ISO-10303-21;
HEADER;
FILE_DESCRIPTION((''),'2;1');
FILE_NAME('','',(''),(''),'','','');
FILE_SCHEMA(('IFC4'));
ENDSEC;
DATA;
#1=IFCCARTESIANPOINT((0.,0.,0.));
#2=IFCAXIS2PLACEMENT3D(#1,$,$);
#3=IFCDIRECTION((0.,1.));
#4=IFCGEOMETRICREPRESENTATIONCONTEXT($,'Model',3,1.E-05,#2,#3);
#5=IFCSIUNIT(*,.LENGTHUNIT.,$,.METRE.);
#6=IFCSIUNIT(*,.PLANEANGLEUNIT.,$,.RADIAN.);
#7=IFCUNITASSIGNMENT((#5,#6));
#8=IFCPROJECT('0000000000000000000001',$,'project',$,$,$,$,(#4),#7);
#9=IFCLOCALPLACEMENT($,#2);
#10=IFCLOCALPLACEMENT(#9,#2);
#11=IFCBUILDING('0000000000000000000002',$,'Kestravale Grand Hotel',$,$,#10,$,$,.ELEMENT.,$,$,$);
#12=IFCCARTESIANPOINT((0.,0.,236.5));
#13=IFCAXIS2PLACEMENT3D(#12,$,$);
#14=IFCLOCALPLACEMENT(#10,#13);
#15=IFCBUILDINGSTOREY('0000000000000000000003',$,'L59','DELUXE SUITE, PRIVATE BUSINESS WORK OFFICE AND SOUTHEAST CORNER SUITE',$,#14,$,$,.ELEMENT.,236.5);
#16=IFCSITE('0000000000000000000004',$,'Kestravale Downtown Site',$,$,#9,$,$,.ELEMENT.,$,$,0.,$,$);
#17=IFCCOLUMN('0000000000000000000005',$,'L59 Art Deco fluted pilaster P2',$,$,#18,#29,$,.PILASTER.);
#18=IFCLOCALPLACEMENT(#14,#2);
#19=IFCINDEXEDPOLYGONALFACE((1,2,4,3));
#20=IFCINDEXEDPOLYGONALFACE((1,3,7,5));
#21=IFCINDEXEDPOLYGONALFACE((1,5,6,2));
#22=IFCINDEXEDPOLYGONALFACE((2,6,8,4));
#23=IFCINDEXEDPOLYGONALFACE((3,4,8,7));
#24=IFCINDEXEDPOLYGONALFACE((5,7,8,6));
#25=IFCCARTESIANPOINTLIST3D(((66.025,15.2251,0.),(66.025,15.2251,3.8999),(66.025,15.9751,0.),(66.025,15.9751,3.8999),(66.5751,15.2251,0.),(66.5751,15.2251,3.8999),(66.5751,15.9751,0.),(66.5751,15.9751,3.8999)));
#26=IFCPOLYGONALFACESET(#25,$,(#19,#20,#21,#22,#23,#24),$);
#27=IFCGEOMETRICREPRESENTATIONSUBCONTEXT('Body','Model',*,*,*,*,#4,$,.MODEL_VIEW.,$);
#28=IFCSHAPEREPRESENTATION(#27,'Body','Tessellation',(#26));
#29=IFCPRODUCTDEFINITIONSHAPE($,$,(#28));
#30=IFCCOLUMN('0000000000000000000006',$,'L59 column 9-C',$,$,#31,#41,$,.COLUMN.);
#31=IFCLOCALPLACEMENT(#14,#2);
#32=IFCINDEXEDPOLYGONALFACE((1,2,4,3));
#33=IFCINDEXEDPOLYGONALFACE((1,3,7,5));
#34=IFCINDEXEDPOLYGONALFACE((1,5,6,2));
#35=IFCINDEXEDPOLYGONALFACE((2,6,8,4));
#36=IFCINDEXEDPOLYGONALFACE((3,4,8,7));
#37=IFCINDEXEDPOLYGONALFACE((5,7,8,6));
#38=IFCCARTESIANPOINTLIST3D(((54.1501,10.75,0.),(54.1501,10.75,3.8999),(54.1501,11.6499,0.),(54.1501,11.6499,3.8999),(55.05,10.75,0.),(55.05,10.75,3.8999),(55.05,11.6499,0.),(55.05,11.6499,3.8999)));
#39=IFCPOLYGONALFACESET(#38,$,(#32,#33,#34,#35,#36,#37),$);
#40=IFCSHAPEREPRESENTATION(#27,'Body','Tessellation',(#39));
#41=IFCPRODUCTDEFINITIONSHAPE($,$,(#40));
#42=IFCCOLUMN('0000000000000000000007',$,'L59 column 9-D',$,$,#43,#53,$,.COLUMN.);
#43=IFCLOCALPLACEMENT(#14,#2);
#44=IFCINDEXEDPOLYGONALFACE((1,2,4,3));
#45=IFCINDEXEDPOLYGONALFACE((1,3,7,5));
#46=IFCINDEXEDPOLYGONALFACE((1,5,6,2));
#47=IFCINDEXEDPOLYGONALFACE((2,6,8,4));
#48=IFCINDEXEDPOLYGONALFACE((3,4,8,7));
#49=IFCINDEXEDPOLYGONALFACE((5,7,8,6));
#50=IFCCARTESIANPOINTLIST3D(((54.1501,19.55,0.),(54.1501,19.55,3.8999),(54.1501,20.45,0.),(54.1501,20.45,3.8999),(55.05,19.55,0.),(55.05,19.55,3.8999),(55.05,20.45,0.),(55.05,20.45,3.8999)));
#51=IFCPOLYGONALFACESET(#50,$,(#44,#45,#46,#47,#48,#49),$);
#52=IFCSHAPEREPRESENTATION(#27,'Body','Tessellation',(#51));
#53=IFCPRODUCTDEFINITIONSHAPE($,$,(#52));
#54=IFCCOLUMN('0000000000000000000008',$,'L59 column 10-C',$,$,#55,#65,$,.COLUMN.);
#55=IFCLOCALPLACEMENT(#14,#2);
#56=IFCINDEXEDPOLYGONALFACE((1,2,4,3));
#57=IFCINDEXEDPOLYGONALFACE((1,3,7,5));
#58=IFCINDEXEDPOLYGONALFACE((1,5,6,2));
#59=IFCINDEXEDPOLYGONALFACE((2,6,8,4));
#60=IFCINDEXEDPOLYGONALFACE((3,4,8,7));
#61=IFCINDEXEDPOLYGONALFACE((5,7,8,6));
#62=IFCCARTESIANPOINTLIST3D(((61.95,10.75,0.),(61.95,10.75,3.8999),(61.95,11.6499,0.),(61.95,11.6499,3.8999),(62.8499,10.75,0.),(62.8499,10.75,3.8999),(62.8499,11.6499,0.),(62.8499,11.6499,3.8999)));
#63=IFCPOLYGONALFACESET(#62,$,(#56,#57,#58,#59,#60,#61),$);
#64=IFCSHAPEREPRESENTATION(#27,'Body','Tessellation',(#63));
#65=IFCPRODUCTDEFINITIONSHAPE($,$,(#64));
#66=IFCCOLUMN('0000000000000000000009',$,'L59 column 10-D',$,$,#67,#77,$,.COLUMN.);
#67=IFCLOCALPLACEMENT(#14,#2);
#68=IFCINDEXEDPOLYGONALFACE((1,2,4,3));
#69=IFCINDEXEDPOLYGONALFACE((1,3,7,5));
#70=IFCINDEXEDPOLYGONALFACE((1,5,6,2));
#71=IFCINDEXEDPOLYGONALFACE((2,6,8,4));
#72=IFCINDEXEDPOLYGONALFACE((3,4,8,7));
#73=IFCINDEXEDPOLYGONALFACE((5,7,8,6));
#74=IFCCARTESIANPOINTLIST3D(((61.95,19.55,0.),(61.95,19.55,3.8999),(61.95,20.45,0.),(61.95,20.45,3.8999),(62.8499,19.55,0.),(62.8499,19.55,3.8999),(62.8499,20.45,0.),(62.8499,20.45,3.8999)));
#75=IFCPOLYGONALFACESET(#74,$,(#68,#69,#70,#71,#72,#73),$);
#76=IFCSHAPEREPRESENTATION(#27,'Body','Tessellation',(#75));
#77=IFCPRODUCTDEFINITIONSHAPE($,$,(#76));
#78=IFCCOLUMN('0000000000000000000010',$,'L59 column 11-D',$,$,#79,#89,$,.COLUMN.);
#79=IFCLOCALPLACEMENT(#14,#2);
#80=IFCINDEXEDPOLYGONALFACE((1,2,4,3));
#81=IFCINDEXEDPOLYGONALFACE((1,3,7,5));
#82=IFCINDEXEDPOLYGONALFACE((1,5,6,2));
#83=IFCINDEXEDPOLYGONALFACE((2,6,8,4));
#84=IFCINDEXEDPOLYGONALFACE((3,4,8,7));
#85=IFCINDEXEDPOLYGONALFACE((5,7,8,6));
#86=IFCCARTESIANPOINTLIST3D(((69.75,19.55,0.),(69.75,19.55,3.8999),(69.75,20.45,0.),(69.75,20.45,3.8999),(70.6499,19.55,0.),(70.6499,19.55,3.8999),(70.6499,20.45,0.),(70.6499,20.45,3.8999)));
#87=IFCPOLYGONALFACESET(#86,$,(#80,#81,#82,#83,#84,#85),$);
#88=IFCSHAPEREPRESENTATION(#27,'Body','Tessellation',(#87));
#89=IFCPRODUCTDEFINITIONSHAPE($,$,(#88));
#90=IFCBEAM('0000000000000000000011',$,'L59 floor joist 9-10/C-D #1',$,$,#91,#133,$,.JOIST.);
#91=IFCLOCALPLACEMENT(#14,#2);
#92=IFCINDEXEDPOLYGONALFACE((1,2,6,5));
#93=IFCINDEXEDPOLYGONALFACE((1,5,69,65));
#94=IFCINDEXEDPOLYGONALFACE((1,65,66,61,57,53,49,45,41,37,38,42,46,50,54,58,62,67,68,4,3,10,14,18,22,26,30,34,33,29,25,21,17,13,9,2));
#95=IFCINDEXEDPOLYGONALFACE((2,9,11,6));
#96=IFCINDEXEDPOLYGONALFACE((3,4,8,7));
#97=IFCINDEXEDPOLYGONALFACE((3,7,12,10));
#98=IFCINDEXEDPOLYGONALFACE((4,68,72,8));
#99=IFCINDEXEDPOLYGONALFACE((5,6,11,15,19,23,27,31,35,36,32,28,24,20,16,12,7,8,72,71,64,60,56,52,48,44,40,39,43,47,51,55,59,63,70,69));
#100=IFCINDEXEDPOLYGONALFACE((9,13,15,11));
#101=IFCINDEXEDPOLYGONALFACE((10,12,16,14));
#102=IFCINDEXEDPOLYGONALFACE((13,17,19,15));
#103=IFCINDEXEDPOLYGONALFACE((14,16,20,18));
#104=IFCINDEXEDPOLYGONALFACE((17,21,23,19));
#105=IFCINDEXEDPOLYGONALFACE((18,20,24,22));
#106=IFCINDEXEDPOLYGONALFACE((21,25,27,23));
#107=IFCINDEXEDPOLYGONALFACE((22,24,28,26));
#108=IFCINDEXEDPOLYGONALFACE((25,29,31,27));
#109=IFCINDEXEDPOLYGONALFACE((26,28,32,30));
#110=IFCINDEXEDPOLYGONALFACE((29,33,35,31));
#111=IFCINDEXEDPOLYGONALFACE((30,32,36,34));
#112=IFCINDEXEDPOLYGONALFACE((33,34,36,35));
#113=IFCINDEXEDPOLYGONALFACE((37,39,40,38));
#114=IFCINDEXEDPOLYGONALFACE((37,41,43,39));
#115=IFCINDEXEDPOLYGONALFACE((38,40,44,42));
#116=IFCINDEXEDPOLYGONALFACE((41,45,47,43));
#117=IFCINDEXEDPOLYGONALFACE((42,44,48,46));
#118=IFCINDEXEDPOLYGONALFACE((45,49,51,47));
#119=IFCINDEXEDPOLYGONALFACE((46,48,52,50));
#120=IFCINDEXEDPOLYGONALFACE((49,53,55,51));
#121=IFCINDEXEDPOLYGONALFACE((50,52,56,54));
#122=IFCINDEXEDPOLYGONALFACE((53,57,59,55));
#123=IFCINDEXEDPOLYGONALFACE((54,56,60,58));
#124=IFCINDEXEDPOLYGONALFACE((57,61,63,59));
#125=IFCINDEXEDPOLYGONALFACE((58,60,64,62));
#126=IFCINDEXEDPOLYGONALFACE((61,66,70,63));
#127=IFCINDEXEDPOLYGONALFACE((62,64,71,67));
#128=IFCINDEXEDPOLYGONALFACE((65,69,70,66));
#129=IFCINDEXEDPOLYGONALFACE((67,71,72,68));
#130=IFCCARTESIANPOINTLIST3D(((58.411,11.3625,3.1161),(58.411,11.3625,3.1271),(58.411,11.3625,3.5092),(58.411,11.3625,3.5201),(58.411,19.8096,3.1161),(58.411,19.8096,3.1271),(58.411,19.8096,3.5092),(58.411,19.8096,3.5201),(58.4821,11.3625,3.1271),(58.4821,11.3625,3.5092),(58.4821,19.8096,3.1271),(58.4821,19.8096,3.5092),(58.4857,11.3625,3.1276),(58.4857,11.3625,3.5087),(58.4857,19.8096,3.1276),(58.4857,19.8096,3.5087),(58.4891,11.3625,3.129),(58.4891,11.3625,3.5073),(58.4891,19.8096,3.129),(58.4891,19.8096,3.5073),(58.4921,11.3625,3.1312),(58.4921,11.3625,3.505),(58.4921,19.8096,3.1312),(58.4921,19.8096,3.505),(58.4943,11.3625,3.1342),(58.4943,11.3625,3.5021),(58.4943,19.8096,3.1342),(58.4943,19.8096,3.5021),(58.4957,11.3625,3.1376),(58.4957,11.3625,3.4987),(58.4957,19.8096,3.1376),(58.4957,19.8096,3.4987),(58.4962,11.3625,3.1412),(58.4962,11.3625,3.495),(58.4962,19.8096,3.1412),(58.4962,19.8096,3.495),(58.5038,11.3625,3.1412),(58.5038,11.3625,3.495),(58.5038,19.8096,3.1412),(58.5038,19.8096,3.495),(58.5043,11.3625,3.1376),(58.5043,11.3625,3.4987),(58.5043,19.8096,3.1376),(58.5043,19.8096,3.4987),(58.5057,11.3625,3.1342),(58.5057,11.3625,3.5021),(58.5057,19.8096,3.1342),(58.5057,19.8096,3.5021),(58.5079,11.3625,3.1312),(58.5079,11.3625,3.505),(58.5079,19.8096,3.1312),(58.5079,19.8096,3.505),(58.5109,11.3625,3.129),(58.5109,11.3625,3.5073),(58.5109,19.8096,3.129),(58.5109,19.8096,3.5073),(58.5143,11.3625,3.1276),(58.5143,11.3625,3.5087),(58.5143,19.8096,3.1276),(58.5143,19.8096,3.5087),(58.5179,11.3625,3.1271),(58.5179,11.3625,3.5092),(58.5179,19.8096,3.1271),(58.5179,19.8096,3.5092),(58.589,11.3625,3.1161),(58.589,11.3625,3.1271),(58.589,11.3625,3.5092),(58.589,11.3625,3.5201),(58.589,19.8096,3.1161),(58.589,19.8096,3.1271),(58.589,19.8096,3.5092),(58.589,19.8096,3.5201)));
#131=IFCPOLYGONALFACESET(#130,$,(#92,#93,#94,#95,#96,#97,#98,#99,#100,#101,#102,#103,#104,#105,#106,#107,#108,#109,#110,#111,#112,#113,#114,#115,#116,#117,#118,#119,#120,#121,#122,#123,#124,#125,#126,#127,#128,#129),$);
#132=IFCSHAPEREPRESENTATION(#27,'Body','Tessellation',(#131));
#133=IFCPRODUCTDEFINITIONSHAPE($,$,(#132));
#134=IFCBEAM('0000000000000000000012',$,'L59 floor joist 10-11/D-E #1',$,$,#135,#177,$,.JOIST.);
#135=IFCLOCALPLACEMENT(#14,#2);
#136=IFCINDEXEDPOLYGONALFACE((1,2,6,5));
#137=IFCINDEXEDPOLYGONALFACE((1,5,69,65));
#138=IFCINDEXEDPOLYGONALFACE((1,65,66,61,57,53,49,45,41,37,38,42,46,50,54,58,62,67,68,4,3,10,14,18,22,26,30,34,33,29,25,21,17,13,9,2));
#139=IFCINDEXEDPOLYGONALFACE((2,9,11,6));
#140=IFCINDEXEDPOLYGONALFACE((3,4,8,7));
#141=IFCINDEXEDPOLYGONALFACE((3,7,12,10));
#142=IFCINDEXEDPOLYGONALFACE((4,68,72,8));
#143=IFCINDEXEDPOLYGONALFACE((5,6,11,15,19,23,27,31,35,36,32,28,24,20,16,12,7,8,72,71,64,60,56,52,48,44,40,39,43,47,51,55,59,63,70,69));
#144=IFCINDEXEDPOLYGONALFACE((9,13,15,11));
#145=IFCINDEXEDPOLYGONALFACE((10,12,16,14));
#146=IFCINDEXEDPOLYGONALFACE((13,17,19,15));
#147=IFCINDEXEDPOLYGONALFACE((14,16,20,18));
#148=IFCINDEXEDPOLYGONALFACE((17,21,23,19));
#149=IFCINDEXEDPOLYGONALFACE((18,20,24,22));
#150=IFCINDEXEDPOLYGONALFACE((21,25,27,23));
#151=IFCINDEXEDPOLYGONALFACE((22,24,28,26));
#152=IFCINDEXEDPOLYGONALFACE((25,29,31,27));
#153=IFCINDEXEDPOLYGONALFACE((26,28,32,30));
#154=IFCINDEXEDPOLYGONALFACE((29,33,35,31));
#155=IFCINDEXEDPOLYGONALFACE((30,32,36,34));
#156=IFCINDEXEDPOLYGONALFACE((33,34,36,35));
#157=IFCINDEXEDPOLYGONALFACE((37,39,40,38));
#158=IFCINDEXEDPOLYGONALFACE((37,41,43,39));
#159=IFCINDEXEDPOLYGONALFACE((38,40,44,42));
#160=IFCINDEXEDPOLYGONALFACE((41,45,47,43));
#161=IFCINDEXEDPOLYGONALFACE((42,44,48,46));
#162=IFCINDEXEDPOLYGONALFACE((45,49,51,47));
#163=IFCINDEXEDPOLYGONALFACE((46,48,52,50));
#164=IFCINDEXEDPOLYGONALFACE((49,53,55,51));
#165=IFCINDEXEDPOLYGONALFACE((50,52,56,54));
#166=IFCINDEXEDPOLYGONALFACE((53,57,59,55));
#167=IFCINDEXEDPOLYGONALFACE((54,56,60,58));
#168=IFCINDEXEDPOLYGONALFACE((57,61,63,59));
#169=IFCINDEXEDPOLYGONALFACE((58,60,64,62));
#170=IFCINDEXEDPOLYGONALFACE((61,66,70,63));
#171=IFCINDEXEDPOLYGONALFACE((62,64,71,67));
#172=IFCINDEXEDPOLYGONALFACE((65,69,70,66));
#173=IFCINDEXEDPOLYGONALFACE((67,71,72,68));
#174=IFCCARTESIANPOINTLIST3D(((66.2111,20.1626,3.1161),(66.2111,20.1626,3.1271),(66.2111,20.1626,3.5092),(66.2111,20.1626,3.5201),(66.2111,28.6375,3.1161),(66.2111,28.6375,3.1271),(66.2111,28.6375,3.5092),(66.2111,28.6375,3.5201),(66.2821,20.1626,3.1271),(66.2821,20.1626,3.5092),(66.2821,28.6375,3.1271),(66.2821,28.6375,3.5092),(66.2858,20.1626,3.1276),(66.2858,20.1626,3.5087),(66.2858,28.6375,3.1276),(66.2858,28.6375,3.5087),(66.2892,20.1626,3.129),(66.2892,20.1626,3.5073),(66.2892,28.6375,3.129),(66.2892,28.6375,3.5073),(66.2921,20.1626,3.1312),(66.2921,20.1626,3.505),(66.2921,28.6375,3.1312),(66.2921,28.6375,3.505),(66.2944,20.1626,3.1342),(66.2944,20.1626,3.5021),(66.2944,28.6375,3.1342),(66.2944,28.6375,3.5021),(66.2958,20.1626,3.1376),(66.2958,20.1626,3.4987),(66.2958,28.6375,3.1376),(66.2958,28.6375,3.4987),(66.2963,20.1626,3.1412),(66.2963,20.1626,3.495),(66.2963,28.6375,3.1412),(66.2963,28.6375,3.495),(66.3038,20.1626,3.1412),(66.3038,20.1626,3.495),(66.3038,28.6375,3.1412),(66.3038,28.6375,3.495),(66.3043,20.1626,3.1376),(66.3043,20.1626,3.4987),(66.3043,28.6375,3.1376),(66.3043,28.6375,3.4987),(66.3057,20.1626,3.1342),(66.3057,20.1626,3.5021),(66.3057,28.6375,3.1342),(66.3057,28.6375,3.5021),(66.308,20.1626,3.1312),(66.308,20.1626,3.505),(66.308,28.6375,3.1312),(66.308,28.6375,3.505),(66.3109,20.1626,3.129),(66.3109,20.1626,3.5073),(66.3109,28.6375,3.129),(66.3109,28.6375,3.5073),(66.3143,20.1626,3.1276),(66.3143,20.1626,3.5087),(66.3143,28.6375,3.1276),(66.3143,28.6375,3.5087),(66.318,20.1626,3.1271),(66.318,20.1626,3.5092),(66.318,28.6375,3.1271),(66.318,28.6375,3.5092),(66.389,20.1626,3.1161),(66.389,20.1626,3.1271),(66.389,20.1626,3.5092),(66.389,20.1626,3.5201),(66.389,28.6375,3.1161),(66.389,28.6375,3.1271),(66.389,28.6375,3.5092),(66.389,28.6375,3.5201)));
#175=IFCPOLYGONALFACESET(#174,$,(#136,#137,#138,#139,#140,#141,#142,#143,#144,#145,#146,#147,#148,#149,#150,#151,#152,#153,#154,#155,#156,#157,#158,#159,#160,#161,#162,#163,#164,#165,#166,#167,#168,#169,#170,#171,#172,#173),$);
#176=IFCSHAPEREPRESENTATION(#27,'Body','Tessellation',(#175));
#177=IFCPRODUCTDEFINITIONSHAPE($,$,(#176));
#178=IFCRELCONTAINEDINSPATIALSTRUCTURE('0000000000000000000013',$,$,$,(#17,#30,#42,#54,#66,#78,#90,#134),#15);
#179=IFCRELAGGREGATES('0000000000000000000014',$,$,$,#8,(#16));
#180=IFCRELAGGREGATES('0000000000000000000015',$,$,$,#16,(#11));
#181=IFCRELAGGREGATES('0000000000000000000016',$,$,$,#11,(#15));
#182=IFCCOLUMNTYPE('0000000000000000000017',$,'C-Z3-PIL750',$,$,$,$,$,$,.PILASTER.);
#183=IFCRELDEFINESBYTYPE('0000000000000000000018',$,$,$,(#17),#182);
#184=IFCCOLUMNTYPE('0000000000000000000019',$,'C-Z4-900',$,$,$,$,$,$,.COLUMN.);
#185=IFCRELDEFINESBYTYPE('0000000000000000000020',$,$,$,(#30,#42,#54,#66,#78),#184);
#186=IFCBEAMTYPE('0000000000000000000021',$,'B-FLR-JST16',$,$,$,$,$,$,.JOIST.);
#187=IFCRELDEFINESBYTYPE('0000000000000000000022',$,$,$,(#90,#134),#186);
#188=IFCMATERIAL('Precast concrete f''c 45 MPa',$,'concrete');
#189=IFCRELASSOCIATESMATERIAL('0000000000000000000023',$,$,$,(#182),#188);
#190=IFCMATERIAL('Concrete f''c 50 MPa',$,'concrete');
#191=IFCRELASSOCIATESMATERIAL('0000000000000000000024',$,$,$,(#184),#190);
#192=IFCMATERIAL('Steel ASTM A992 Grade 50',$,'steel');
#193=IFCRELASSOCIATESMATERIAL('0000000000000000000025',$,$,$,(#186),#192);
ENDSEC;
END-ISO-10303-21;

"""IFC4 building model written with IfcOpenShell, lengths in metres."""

from ifc_helpers import new_model, si_unit, direction, frame, origin, origin_2d, place, context, subcontext, project, spatial, rectangle, i_section, extrude, material, material_profile, profile_set, type_object, element, save


model = new_model("IFC4")

# Units and contexts
model_context = context("Model", 3, precision=1e-05, world=origin(), true_north=direction((0.0, 1.0)))
body_context = subcontext(model_context, "Body", "Model", "MODEL_VIEW")
ifc_project = project(units=[si_unit("LENGTHUNIT", "METRE"), si_unit("PLANEANGLEUNIT", "RADIAN")], contexts=[model_context])

# Site, building, storey
site_placement = place(None, origin())
site = spatial("IfcSite", under=ifc_project, at=site_placement, Name="Kestravale Downtown Site", CompositionType="ELEMENT", RefElevation=0.0)
building_placement = place(site_placement, origin())
building = spatial("IfcBuilding", under=site, at=building_placement, Name="Kestravale Grand Hotel", CompositionType="ELEMENT")
storey_placement = place(building_placement, frame((0.0, 0.0, 236.5)))
storey = spatial("IfcBuildingStorey", under=building, at=storey_placement, Name="L59", Description="DELUXE SUITE, PRIVATE BUSINESS WORK OFFICE AND SOUTHEAST CORNER SUITE", CompositionType="ELEMENT", Elevation=236.5)

# Columns
ifc_material_1 = material(Name="Precast concrete f'c 45 MPa", Category="concrete")
ifc_material_profile_1 = material_profile(ifc_material_1, rectangle(XDim=0.55, YDim=0.75, at=origin_2d()))
ifc_profile_set_1 = profile_set([ifc_material_profile_1], Name="Precast concrete f'c 45 MPa")
column_type_1 = type_object("IfcColumnType", Name="C-Z3-PIL750", PredefinedType="PILASTER", material=ifc_profile_set_1)
column_placement = place(storey_placement, frame((66.3, 15.6001, 0.0), z_axis=(0.0, 0.0, 1.0), x_axis=(1.0, 0.0, 0.0)))
element("IfcColumn", 1, at=column_placement, inside=storey, type_object=column_type_1, Name="L59 Art Deco fluted pilaster P2", PredefinedType="PILASTER", context=body_context, shape_type="SweptSolid", body=[
    extrude(rectangle(XDim=0.55, YDim=0.75, at=origin_2d()), origin(), (0.0, 0.0, 1.0), 3.8999),
])
ifc_material_2 = material(Name="Concrete f'c 50 MPa", Category="concrete")
ifc_material_profile_2 = material_profile(ifc_material_2, rectangle(XDim=0.8999, YDim=0.8999, at=origin_2d()))
ifc_profile_set_2 = profile_set([ifc_material_profile_2], Name="Concrete f'c 50 MPa")
column_type_2 = type_object("IfcColumnType", Name="C-Z4-900", PredefinedType="COLUMN", material=ifc_profile_set_2)
for number, where, z_axis, x_axis, name in (
    (2, (54.6001, 11.2, 0.0), (0.0, 0.0, 1.0), (1.0, 0.0, 0.0), "L59 column 9-C"),
    (3, (54.6001, 20.0, 0.0), (0.0, 0.0, 1.0), (1.0, 0.0, 0.0), "L59 column 9-D"),
    (4, (62.3999, 11.2, 0.0), (0.0, 0.0, 1.0), (1.0, 0.0, 0.0), "L59 column 10-C"),
    (5, (62.3999, 20.0, 0.0), (0.0, 0.0, 1.0), (1.0, 0.0, 0.0), "L59 column 10-D"),
    (6, (70.2, 20.0, 0.0), (0.0, 0.0, 1.0), (1.0, 0.0, 0.0), "L59 column 11-D"),
):
    element("IfcColumn", number, at=place(storey_placement, frame(where, z_axis=z_axis, x_axis=x_axis)), inside=storey, type_object=column_type_2, Name=name, PredefinedType="COLUMN", context=body_context, shape_type="SweptSolid", body=[
        extrude(rectangle(XDim=0.8999, YDim=0.8999, at=origin_2d()), origin(), (0.0, 0.0, 1.0), 3.8999),
    ])

# Beams
ifc_material_3 = material(Name="Steel ASTM A992 Grade 50", Category="steel")
ifc_material_profile_3 = material_profile(ifc_material_3, i_section(OverallWidth=0.178, OverallDepth=0.4041, WebThickness=0.0076, FlangeThickness=0.011, FilletRadius=0.0142, at=origin_2d()))
ifc_profile_set_3 = profile_set([ifc_material_profile_3], Name="Steel ASTM A992 Grade 50")
beam_type_1 = type_object("IfcBeamType", Name="B-FLR-JST16", PredefinedType="JOIST", material=ifc_profile_set_3)
beam_1_placement = place(storey_placement, frame((58.5, 11.3625, 3.3181), z_axis=(0.0, 1.0, 0.0), x_axis=(-1.0, 0.0, 0.0)))
element("IfcBeam", 7, at=beam_1_placement, inside=storey, type_object=beam_type_1, Name="L59 floor joist 9-10/C-D #1", PredefinedType="JOIST", context=body_context, shape_type="SweptSolid", body=[
    extrude(i_section(OverallWidth=0.178, OverallDepth=0.4041, WebThickness=0.0076, FlangeThickness=0.011, FilletRadius=0.0142, at=origin_2d()), origin(), (0.0, 0.0, 1.0), 8.447),
])
beam_2_placement = place(storey_placement, frame((66.3, 20.1626, 3.3181), z_axis=(0.0, 1.0, 0.0), x_axis=(-1.0, 0.0, 0.0)))
element("IfcBeam", 8, at=beam_2_placement, inside=storey, type_object=beam_type_1, Name="L59 floor joist 10-11/D-E #1", PredefinedType="JOIST", context=body_context, shape_type="SweptSolid", body=[
    extrude(i_section(OverallWidth=0.178, OverallDepth=0.4041, WebThickness=0.0076, FlangeThickness=0.011, FilletRadius=0.0142, at=origin_2d()), origin(), (0.0, 0.0, 1.0), 8.4749),
])

save(model, "model.ifc")
